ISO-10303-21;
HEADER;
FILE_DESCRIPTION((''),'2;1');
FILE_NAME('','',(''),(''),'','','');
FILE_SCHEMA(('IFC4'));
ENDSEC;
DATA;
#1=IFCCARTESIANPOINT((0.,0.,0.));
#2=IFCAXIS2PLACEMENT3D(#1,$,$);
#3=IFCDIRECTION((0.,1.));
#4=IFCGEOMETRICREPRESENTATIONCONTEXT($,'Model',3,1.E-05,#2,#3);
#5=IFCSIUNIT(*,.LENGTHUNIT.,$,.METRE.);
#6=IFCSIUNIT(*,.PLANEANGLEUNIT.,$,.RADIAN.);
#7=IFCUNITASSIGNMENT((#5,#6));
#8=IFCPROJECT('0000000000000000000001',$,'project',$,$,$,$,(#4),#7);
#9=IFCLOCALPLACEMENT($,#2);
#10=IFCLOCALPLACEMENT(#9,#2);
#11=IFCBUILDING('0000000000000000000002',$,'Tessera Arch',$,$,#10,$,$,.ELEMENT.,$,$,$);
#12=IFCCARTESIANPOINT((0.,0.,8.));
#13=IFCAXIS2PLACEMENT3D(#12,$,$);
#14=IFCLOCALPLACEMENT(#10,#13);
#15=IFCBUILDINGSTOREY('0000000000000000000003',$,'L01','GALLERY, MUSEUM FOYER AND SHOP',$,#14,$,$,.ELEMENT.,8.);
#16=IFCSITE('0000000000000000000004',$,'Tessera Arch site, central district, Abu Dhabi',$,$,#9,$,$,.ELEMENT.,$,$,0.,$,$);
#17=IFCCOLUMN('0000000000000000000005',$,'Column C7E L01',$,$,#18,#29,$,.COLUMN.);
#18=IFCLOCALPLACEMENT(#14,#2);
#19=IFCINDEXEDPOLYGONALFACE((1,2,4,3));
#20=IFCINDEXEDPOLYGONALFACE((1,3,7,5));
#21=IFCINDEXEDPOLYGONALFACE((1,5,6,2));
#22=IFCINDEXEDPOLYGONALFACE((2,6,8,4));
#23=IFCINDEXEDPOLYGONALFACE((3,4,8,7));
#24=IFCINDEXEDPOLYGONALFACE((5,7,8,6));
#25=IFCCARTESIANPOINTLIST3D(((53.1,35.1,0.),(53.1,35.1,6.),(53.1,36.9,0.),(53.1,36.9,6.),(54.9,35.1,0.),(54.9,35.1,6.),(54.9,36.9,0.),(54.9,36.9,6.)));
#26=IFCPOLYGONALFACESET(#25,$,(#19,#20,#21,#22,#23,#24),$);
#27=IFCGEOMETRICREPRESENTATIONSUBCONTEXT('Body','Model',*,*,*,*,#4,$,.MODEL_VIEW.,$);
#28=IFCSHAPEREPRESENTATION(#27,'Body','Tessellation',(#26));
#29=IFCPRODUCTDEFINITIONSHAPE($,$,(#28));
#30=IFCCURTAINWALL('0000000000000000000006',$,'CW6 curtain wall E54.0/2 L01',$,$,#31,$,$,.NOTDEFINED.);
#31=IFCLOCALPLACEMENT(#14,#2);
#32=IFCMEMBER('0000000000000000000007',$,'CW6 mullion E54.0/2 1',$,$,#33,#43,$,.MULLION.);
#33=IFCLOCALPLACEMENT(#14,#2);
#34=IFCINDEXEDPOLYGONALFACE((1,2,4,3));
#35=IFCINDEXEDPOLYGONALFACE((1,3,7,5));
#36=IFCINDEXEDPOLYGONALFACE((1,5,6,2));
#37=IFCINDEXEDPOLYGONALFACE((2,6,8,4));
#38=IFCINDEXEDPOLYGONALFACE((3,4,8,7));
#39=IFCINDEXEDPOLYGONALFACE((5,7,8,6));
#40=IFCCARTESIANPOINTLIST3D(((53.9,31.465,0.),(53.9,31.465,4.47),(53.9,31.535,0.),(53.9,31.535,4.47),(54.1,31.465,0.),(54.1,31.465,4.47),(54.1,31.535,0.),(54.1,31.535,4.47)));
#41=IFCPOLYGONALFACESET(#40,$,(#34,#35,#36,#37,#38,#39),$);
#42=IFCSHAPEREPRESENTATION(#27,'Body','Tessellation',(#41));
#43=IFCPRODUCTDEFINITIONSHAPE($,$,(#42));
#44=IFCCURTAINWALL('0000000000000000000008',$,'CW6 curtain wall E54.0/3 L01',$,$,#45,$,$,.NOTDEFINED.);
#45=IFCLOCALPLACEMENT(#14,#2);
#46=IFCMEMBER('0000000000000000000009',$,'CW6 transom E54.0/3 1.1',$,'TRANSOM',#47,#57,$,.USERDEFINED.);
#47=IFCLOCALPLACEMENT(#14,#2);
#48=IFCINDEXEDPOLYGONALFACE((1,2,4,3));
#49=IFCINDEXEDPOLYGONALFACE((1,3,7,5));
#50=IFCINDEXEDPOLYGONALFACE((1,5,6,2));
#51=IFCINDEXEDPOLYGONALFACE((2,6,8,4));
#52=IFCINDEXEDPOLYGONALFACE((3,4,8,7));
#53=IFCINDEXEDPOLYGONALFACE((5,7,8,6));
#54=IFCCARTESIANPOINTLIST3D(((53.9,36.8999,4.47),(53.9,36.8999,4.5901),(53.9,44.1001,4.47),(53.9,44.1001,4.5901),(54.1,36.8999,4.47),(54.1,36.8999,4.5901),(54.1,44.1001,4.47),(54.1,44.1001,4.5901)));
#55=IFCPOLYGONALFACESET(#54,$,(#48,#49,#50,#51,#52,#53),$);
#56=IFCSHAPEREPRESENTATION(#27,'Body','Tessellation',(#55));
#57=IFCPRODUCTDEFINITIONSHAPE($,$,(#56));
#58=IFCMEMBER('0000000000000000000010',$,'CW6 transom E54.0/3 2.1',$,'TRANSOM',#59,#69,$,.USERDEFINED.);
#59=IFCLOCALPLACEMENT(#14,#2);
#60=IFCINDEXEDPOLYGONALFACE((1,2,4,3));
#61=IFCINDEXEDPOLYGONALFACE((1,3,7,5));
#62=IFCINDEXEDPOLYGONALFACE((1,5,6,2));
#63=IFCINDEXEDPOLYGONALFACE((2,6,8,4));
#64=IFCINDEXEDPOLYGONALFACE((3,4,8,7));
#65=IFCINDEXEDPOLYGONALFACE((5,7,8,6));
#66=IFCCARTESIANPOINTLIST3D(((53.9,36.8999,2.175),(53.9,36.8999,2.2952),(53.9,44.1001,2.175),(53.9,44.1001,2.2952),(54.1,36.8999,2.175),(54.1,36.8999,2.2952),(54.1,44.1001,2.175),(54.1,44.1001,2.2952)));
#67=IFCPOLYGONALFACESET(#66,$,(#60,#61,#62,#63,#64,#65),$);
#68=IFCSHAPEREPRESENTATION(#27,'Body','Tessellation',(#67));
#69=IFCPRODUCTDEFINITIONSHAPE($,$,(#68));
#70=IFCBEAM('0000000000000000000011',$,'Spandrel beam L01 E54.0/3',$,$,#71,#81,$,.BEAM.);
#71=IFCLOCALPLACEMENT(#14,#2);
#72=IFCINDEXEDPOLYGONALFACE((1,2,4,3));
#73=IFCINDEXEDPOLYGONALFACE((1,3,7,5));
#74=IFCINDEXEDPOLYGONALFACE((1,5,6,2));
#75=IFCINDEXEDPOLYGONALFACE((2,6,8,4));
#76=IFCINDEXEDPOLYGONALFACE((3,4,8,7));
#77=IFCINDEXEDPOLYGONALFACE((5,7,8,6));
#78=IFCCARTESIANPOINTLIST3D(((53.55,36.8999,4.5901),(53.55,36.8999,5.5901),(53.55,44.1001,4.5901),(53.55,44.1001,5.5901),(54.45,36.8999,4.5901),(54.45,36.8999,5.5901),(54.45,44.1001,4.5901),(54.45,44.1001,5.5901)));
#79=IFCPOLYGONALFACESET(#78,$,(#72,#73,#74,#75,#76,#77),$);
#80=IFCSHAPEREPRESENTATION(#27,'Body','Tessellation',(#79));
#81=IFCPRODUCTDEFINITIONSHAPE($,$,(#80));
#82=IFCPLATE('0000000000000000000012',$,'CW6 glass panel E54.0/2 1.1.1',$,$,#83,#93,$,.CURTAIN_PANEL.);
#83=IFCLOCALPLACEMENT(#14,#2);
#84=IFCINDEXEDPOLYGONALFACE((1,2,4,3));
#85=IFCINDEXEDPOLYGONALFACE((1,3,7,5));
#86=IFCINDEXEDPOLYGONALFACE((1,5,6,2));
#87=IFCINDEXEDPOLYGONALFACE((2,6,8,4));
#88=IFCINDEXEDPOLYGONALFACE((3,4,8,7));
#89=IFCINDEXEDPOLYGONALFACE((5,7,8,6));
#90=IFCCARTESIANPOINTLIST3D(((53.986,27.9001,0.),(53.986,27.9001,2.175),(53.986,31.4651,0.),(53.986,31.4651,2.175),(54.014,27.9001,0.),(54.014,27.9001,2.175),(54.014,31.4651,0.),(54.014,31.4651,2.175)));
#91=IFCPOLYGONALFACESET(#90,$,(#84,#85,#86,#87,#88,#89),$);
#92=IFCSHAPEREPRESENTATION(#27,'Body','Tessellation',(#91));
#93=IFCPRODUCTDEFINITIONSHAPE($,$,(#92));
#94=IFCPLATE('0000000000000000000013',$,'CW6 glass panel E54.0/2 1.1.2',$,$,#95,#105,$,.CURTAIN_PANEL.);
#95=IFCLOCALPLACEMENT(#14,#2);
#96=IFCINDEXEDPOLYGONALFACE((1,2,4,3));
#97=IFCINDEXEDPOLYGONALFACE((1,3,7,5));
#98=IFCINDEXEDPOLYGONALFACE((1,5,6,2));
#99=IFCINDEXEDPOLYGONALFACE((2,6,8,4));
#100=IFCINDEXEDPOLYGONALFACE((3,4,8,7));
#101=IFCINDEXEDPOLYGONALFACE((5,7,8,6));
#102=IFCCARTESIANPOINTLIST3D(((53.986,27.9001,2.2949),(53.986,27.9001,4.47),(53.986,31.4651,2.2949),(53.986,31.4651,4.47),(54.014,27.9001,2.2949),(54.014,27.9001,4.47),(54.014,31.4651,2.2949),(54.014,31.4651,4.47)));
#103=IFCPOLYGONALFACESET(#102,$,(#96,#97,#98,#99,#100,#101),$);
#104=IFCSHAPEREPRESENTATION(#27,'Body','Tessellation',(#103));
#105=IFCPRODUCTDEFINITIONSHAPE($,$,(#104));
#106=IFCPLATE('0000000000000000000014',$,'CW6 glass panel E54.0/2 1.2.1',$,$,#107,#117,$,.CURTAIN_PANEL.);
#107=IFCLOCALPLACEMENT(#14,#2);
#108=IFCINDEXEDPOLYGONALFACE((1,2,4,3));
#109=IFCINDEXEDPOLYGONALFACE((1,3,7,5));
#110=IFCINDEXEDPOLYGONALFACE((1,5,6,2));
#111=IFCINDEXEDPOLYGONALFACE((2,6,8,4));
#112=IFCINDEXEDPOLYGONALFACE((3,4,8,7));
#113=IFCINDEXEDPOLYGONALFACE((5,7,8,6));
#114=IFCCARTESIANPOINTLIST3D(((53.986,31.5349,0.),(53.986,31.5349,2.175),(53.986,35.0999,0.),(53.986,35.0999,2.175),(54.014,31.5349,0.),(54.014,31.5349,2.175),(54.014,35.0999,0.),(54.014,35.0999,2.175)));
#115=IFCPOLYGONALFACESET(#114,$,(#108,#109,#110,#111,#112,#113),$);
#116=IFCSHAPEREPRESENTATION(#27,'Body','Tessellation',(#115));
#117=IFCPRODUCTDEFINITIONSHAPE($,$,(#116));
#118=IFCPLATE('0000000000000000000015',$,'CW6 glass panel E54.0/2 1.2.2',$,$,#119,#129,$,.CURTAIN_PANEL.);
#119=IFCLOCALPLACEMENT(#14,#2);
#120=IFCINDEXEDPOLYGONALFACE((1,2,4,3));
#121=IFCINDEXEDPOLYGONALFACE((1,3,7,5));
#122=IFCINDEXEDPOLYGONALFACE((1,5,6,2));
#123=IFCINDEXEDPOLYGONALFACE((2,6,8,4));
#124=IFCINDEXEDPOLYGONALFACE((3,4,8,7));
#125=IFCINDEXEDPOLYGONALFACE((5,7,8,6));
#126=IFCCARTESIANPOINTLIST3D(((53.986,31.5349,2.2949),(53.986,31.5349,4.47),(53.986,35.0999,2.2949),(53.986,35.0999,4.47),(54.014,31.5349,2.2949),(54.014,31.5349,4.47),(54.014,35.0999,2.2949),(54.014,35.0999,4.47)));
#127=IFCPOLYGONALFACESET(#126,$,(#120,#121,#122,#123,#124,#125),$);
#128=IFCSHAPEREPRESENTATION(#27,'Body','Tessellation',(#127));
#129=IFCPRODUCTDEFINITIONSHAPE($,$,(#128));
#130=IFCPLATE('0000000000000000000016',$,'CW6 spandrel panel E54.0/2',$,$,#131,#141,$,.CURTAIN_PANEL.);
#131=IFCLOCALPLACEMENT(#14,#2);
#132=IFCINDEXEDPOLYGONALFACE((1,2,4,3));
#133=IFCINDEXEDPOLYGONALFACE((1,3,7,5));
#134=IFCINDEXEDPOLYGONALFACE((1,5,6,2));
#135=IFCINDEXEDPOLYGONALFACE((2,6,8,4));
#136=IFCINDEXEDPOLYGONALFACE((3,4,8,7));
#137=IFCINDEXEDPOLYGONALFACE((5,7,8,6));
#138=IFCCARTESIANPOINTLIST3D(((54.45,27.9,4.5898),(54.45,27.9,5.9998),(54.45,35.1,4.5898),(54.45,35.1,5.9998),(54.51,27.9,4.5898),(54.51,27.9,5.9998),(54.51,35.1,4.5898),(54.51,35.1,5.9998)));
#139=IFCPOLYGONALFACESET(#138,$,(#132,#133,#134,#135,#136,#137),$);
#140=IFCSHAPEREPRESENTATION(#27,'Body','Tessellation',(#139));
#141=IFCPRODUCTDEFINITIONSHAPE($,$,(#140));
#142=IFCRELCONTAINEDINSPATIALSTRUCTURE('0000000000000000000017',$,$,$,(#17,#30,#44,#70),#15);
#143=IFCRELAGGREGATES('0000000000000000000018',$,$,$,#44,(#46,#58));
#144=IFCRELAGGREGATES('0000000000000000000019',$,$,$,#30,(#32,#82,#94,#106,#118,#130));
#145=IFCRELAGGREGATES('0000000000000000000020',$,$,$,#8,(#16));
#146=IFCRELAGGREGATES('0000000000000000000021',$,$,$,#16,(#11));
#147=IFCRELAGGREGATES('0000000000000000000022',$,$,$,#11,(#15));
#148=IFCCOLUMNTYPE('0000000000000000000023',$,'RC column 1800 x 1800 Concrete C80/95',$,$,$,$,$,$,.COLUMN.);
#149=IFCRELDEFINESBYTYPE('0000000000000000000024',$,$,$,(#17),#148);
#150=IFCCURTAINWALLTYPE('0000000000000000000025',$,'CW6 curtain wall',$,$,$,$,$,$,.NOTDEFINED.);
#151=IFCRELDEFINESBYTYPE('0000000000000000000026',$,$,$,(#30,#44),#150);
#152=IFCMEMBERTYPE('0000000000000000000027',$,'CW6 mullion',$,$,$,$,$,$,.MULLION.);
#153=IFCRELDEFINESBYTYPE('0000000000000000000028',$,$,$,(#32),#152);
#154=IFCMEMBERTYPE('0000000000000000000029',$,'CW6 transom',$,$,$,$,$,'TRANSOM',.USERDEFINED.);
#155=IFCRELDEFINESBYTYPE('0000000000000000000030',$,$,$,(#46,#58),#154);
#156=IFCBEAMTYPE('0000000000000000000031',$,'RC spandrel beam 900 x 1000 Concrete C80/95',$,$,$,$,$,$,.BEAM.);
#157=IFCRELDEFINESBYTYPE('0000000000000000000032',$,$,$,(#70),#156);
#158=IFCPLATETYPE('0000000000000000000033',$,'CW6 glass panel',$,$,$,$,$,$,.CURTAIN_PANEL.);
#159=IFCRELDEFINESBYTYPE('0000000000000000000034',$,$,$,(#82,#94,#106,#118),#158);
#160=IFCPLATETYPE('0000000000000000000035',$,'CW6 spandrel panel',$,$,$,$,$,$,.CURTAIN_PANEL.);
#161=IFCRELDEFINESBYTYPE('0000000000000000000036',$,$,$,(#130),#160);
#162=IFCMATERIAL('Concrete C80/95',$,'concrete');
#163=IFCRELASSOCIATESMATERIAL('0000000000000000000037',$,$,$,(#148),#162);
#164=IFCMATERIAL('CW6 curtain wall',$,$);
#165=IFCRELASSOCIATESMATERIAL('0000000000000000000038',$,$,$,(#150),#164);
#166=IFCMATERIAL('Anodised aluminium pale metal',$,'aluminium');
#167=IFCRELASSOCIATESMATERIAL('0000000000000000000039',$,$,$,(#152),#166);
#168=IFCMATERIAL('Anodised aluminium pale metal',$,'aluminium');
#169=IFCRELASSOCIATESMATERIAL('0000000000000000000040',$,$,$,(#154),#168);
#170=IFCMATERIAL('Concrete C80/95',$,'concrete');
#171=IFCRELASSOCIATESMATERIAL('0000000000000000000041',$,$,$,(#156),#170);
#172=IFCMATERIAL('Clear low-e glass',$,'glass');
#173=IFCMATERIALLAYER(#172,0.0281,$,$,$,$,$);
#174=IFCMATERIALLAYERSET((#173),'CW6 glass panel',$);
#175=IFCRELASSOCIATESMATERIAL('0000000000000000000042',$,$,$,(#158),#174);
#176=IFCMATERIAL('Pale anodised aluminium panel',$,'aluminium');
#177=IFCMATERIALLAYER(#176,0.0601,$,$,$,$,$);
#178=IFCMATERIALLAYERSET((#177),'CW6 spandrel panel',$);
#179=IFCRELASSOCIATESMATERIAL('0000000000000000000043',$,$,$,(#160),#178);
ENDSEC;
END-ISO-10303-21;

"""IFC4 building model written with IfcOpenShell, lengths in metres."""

from ifc_helpers import new_model, si_unit, direction, frame, origin, origin_2d, place, context, subcontext, project, spatial, rectangle, extrude, material, layer, layer_set, material_profile, profile_set, type_object, element, aggregate, save


model = new_model("IFC4")

# Units and contexts
model_context = context("Model", 3, precision=1e-05, world=origin(), true_north=direction((0.0, 1.0)))
body_context = subcontext(model_context, "Body", "Model", "MODEL_VIEW")
ifc_project = project(units=[si_unit("LENGTHUNIT", "METRE"), si_unit("PLANEANGLEUNIT", "RADIAN")], contexts=[model_context])

# Site, building, storey
site_placement = place(None, origin())
site = spatial("IfcSite", under=ifc_project, at=site_placement, Name="Tessera Arch site, central district, Abu Dhabi", CompositionType="ELEMENT", RefElevation=0.0)
building_placement = place(site_placement, origin())
building = spatial("IfcBuilding", under=site, at=building_placement, Name="Tessera Arch", CompositionType="ELEMENT")
storey_placement = place(building_placement, frame((0.0, 0.0, 8.0)))
storey = spatial("IfcBuildingStorey", under=building, at=storey_placement, Name="L01", Description="GALLERY, MUSEUM FOYER AND SHOP", CompositionType="ELEMENT", Elevation=8.0)

# Column
ifc_material_1 = material(Name="Concrete C80/95", Category="concrete")
ifc_material_profile_1 = material_profile(ifc_material_1, rectangle(XDim=1.8, YDim=1.8, at=origin_2d()), Name="RC column 1800 x 1800 Concrete C80/95")
ifc_profile_set_1 = profile_set([ifc_material_profile_1], Name="Concrete C80/95")
column_type = type_object("IfcColumnType", Name="RC column 1800 x 1800 Concrete C80/95", PredefinedType="COLUMN", material=ifc_profile_set_1)
column_placement = place(storey_placement, frame((54.0, 36.0, 0.0), z_axis=(0.0, 0.0, 1.0), x_axis=(1.0, 0.0, 0.0)))
element("IfcColumn", 1, at=column_placement, inside=storey, type_object=column_type, Name="Column C7E L01", PredefinedType="COLUMN", context=body_context, shape_type="SweptSolid", body=[
    extrude(rectangle(XDim=1.8, YDim=1.8, at=origin_2d()), origin(), (0.0, 0.0, 1.0), 6.0),
])

# Curtain wall, member
ifc_material_2 = material(Name="CW6 curtain wall")
curtain_wall_type = type_object("IfcCurtainWallType", Name="CW6 curtain wall", PredefinedType="NOTDEFINED", material=ifc_material_2)
curtain_wall_1_placement = place(storey_placement, origin())
curtain_wall_1 = element("IfcCurtainWall", 2, at=curtain_wall_1_placement, inside=storey, type_object=curtain_wall_type, Name="CW6 curtain wall E54.0/2 L01", PredefinedType="NOTDEFINED")
ifc_material_3 = material(Name="Anodised aluminium pale metal", Category="aluminium")
ifc_material_profile_2 = material_profile(ifc_material_3, rectangle(XDim=0.2, YDim=0.0701, at=origin_2d()), Name="AL 70x200")
ifc_profile_set_2 = profile_set([ifc_material_profile_2], Name="Anodised aluminium pale metal")
member_type_1 = type_object("IfcMemberType", Name="CW6 mullion", PredefinedType="MULLION", material=ifc_profile_set_2)
member_1_placement = place(storey_placement, frame((54.0, 31.5, 0.0), z_axis=(0.0, 0.0, 1.0), x_axis=(-1.0, 0.0, 0.0)))
member_1 = element("IfcMember", 3, at=member_1_placement, type_object=member_type_1, Name="CW6 mullion E54.0/2 1", PredefinedType="MULLION", context=body_context, shape_type="SweptSolid", body=[
    extrude(rectangle(XDim=0.2, YDim=0.0701, at=origin_2d()), origin(), (0.0, 0.0, 1.0), 4.47),
])

# Curtain wall, members
curtain_wall_2_placement = place(storey_placement, origin())
curtain_wall_2 = element("IfcCurtainWall", 4, at=curtain_wall_2_placement, inside=storey, type_object=curtain_wall_type, Name="CW6 curtain wall E54.0/3 L01", PredefinedType="NOTDEFINED")
ifc_material_4 = material(Name="Anodised aluminium pale metal", Category="aluminium")
ifc_material_profile_3 = material_profile(ifc_material_4, rectangle(XDim=0.2, YDim=0.1201, at=origin_2d()), Name="AL 200x120")
ifc_profile_set_3 = profile_set([ifc_material_profile_3], Name="Anodised aluminium pale metal")
member_type_2 = type_object("IfcMemberType", Name="CW6 transom", ElementType="TRANSOM", PredefinedType="USERDEFINED", material=ifc_profile_set_3)
member_2_placement = place(storey_placement, frame((54.0, 36.8999, 4.53), z_axis=(0.0, 1.0, 0.0), x_axis=(-1.0, 0.0, 0.0)))
member_2 = element("IfcMember", 5, at=member_2_placement, type_object=member_type_2, Name="CW6 transom E54.0/3 1.1", ObjectType="TRANSOM", PredefinedType="USERDEFINED", context=body_context, shape_type="SweptSolid", body=[
    extrude(rectangle(XDim=0.2, YDim=0.1201, at=origin_2d()), origin(), (0.0, 0.0, 1.0), 7.2002),
])
member_3_placement = place(storey_placement, frame((54.0, 36.8999, 2.2351), z_axis=(0.0, 1.0, 0.0), x_axis=(-1.0, 0.0, 0.0)))
member_3 = element("IfcMember", 6, at=member_3_placement, type_object=member_type_2, Name="CW6 transom E54.0/3 2.1", ObjectType="TRANSOM", PredefinedType="USERDEFINED", context=body_context, shape_type="SweptSolid", body=[
    extrude(rectangle(XDim=0.2, YDim=0.1201, at=origin_2d()), origin(), (0.0, 0.0, 1.0), 7.2002),
])
aggregate(curtain_wall_2, [member_2, member_3])

# Beam
ifc_material_5 = material(Name="Concrete C80/95", Category="concrete")
ifc_material_profile_4 = material_profile(ifc_material_5, rectangle(XDim=0.8999, YDim=1.0, at=origin_2d()), Name="RC spandrel beam 900 x 1000 Concrete C80/95")
ifc_profile_set_4 = profile_set([ifc_material_profile_4], Name="Concrete C80/95")
beam_type = type_object("IfcBeamType", Name="RC spandrel beam 900 x 1000 Concrete C80/95", PredefinedType="BEAM", material=ifc_profile_set_4)
beam_placement = place(storey_placement, frame((54.0, 36.8999, 5.0901), z_axis=(0.0, 1.0, 0.0), x_axis=(-1.0, 0.0, 0.0)))
element("IfcBeam", 7, at=beam_placement, inside=storey, type_object=beam_type, Name="Spandrel beam L01 E54.0/3", PredefinedType="BEAM", context=body_context, shape_type="SweptSolid", body=[
    extrude(rectangle(XDim=0.8999, YDim=1.0, at=origin_2d()), origin(), (0.0, 0.0, 1.0), 7.2002),
])

# Plates
ifc_material_6 = material(Name="Clear low-e glass", Category="glass")
ifc_layer_1 = layer(ifc_material_6, 0.0281)
ifc_layer_set_1 = layer_set([ifc_layer_1], Name="CW6 glass panel")
plate_type_1 = type_object("IfcPlateType", Name="CW6 glass panel", PredefinedType="CURTAIN_PANEL", material=ifc_layer_set_1)
plate_1_placement = place(storey_placement, frame((54.0, 29.6826, 0.0), z_axis=(0.0, 0.0, 1.0), x_axis=(0.0, 1.0, 0.0)))
plate_1 = element("IfcPlate", 8, at=plate_1_placement, type_object=plate_type_1, Name="CW6 glass panel E54.0/2 1.1.1", PredefinedType="CURTAIN_PANEL", context=body_context, shape_type="SweptSolid", body=[
    extrude(rectangle(XDim=3.5649, YDim=0.0281, at=origin_2d()), origin(), (0.0, 0.0, 1.0), 2.175),
])
plate_2_placement = place(storey_placement, frame((54.0, 29.6826, 2.2949), z_axis=(0.0, 0.0, 1.0), x_axis=(0.0, 1.0, 0.0)))
plate_2 = element("IfcPlate", 9, at=plate_2_placement, type_object=plate_type_1, Name="CW6 glass panel E54.0/2 1.1.2", PredefinedType="CURTAIN_PANEL", context=body_context, shape_type="SweptSolid", body=[
    extrude(rectangle(XDim=3.5649, YDim=0.0281, at=origin_2d()), origin(), (0.0, 0.0, 1.0), 2.175),
])
plate_3_placement = place(storey_placement, frame((54.0, 33.3174, 0.0), z_axis=(0.0, 0.0, 1.0), x_axis=(0.0, 1.0, 0.0)))
plate_3 = element("IfcPlate", 10, at=plate_3_placement, type_object=plate_type_1, Name="CW6 glass panel E54.0/2 1.2.1", PredefinedType="CURTAIN_PANEL", context=body_context, shape_type="SweptSolid", body=[
    extrude(rectangle(XDim=3.5649, YDim=0.0281, at=origin_2d()), origin(), (0.0, 0.0, 1.0), 2.175),
])
plate_4_placement = place(storey_placement, frame((54.0, 33.3174, 2.2949), z_axis=(0.0, 0.0, 1.0), x_axis=(0.0, 1.0, 0.0)))
plate_4 = element("IfcPlate", 11, at=plate_4_placement, type_object=plate_type_1, Name="CW6 glass panel E54.0/2 1.2.2", PredefinedType="CURTAIN_PANEL", context=body_context, shape_type="SweptSolid", body=[
    extrude(rectangle(XDim=3.5649, YDim=0.0281, at=origin_2d()), origin(), (0.0, 0.0, 1.0), 2.175),
])
ifc_material_7 = material(Name="Pale anodised aluminium panel", Category="aluminium")
ifc_layer_2 = layer(ifc_material_7, 0.0601)
ifc_layer_set_2 = layer_set([ifc_layer_2], Name="CW6 spandrel panel")
plate_type_2 = type_object("IfcPlateType", Name="CW6 spandrel panel", PredefinedType="CURTAIN_PANEL", material=ifc_layer_set_2)
plate_5_placement = place(storey_placement, frame((54.48, 31.5, 4.5898), z_axis=(0.0, 0.0, 1.0), x_axis=(0.0, 1.0, 0.0)))
plate_5 = element("IfcPlate", 12, at=plate_5_placement, type_object=plate_type_2, Name="CW6 spandrel panel E54.0/2", PredefinedType="CURTAIN_PANEL", context=body_context, shape_type="SweptSolid", body=[
    extrude(rectangle(XDim=7.2, YDim=0.0601, at=origin_2d()), origin(), (0.0, 0.0, 1.0), 1.4099),
])
aggregate(curtain_wall_1, [member_1, plate_1, plate_2, plate_3, plate_4, plate_5])

save(model, "model.ifc")
